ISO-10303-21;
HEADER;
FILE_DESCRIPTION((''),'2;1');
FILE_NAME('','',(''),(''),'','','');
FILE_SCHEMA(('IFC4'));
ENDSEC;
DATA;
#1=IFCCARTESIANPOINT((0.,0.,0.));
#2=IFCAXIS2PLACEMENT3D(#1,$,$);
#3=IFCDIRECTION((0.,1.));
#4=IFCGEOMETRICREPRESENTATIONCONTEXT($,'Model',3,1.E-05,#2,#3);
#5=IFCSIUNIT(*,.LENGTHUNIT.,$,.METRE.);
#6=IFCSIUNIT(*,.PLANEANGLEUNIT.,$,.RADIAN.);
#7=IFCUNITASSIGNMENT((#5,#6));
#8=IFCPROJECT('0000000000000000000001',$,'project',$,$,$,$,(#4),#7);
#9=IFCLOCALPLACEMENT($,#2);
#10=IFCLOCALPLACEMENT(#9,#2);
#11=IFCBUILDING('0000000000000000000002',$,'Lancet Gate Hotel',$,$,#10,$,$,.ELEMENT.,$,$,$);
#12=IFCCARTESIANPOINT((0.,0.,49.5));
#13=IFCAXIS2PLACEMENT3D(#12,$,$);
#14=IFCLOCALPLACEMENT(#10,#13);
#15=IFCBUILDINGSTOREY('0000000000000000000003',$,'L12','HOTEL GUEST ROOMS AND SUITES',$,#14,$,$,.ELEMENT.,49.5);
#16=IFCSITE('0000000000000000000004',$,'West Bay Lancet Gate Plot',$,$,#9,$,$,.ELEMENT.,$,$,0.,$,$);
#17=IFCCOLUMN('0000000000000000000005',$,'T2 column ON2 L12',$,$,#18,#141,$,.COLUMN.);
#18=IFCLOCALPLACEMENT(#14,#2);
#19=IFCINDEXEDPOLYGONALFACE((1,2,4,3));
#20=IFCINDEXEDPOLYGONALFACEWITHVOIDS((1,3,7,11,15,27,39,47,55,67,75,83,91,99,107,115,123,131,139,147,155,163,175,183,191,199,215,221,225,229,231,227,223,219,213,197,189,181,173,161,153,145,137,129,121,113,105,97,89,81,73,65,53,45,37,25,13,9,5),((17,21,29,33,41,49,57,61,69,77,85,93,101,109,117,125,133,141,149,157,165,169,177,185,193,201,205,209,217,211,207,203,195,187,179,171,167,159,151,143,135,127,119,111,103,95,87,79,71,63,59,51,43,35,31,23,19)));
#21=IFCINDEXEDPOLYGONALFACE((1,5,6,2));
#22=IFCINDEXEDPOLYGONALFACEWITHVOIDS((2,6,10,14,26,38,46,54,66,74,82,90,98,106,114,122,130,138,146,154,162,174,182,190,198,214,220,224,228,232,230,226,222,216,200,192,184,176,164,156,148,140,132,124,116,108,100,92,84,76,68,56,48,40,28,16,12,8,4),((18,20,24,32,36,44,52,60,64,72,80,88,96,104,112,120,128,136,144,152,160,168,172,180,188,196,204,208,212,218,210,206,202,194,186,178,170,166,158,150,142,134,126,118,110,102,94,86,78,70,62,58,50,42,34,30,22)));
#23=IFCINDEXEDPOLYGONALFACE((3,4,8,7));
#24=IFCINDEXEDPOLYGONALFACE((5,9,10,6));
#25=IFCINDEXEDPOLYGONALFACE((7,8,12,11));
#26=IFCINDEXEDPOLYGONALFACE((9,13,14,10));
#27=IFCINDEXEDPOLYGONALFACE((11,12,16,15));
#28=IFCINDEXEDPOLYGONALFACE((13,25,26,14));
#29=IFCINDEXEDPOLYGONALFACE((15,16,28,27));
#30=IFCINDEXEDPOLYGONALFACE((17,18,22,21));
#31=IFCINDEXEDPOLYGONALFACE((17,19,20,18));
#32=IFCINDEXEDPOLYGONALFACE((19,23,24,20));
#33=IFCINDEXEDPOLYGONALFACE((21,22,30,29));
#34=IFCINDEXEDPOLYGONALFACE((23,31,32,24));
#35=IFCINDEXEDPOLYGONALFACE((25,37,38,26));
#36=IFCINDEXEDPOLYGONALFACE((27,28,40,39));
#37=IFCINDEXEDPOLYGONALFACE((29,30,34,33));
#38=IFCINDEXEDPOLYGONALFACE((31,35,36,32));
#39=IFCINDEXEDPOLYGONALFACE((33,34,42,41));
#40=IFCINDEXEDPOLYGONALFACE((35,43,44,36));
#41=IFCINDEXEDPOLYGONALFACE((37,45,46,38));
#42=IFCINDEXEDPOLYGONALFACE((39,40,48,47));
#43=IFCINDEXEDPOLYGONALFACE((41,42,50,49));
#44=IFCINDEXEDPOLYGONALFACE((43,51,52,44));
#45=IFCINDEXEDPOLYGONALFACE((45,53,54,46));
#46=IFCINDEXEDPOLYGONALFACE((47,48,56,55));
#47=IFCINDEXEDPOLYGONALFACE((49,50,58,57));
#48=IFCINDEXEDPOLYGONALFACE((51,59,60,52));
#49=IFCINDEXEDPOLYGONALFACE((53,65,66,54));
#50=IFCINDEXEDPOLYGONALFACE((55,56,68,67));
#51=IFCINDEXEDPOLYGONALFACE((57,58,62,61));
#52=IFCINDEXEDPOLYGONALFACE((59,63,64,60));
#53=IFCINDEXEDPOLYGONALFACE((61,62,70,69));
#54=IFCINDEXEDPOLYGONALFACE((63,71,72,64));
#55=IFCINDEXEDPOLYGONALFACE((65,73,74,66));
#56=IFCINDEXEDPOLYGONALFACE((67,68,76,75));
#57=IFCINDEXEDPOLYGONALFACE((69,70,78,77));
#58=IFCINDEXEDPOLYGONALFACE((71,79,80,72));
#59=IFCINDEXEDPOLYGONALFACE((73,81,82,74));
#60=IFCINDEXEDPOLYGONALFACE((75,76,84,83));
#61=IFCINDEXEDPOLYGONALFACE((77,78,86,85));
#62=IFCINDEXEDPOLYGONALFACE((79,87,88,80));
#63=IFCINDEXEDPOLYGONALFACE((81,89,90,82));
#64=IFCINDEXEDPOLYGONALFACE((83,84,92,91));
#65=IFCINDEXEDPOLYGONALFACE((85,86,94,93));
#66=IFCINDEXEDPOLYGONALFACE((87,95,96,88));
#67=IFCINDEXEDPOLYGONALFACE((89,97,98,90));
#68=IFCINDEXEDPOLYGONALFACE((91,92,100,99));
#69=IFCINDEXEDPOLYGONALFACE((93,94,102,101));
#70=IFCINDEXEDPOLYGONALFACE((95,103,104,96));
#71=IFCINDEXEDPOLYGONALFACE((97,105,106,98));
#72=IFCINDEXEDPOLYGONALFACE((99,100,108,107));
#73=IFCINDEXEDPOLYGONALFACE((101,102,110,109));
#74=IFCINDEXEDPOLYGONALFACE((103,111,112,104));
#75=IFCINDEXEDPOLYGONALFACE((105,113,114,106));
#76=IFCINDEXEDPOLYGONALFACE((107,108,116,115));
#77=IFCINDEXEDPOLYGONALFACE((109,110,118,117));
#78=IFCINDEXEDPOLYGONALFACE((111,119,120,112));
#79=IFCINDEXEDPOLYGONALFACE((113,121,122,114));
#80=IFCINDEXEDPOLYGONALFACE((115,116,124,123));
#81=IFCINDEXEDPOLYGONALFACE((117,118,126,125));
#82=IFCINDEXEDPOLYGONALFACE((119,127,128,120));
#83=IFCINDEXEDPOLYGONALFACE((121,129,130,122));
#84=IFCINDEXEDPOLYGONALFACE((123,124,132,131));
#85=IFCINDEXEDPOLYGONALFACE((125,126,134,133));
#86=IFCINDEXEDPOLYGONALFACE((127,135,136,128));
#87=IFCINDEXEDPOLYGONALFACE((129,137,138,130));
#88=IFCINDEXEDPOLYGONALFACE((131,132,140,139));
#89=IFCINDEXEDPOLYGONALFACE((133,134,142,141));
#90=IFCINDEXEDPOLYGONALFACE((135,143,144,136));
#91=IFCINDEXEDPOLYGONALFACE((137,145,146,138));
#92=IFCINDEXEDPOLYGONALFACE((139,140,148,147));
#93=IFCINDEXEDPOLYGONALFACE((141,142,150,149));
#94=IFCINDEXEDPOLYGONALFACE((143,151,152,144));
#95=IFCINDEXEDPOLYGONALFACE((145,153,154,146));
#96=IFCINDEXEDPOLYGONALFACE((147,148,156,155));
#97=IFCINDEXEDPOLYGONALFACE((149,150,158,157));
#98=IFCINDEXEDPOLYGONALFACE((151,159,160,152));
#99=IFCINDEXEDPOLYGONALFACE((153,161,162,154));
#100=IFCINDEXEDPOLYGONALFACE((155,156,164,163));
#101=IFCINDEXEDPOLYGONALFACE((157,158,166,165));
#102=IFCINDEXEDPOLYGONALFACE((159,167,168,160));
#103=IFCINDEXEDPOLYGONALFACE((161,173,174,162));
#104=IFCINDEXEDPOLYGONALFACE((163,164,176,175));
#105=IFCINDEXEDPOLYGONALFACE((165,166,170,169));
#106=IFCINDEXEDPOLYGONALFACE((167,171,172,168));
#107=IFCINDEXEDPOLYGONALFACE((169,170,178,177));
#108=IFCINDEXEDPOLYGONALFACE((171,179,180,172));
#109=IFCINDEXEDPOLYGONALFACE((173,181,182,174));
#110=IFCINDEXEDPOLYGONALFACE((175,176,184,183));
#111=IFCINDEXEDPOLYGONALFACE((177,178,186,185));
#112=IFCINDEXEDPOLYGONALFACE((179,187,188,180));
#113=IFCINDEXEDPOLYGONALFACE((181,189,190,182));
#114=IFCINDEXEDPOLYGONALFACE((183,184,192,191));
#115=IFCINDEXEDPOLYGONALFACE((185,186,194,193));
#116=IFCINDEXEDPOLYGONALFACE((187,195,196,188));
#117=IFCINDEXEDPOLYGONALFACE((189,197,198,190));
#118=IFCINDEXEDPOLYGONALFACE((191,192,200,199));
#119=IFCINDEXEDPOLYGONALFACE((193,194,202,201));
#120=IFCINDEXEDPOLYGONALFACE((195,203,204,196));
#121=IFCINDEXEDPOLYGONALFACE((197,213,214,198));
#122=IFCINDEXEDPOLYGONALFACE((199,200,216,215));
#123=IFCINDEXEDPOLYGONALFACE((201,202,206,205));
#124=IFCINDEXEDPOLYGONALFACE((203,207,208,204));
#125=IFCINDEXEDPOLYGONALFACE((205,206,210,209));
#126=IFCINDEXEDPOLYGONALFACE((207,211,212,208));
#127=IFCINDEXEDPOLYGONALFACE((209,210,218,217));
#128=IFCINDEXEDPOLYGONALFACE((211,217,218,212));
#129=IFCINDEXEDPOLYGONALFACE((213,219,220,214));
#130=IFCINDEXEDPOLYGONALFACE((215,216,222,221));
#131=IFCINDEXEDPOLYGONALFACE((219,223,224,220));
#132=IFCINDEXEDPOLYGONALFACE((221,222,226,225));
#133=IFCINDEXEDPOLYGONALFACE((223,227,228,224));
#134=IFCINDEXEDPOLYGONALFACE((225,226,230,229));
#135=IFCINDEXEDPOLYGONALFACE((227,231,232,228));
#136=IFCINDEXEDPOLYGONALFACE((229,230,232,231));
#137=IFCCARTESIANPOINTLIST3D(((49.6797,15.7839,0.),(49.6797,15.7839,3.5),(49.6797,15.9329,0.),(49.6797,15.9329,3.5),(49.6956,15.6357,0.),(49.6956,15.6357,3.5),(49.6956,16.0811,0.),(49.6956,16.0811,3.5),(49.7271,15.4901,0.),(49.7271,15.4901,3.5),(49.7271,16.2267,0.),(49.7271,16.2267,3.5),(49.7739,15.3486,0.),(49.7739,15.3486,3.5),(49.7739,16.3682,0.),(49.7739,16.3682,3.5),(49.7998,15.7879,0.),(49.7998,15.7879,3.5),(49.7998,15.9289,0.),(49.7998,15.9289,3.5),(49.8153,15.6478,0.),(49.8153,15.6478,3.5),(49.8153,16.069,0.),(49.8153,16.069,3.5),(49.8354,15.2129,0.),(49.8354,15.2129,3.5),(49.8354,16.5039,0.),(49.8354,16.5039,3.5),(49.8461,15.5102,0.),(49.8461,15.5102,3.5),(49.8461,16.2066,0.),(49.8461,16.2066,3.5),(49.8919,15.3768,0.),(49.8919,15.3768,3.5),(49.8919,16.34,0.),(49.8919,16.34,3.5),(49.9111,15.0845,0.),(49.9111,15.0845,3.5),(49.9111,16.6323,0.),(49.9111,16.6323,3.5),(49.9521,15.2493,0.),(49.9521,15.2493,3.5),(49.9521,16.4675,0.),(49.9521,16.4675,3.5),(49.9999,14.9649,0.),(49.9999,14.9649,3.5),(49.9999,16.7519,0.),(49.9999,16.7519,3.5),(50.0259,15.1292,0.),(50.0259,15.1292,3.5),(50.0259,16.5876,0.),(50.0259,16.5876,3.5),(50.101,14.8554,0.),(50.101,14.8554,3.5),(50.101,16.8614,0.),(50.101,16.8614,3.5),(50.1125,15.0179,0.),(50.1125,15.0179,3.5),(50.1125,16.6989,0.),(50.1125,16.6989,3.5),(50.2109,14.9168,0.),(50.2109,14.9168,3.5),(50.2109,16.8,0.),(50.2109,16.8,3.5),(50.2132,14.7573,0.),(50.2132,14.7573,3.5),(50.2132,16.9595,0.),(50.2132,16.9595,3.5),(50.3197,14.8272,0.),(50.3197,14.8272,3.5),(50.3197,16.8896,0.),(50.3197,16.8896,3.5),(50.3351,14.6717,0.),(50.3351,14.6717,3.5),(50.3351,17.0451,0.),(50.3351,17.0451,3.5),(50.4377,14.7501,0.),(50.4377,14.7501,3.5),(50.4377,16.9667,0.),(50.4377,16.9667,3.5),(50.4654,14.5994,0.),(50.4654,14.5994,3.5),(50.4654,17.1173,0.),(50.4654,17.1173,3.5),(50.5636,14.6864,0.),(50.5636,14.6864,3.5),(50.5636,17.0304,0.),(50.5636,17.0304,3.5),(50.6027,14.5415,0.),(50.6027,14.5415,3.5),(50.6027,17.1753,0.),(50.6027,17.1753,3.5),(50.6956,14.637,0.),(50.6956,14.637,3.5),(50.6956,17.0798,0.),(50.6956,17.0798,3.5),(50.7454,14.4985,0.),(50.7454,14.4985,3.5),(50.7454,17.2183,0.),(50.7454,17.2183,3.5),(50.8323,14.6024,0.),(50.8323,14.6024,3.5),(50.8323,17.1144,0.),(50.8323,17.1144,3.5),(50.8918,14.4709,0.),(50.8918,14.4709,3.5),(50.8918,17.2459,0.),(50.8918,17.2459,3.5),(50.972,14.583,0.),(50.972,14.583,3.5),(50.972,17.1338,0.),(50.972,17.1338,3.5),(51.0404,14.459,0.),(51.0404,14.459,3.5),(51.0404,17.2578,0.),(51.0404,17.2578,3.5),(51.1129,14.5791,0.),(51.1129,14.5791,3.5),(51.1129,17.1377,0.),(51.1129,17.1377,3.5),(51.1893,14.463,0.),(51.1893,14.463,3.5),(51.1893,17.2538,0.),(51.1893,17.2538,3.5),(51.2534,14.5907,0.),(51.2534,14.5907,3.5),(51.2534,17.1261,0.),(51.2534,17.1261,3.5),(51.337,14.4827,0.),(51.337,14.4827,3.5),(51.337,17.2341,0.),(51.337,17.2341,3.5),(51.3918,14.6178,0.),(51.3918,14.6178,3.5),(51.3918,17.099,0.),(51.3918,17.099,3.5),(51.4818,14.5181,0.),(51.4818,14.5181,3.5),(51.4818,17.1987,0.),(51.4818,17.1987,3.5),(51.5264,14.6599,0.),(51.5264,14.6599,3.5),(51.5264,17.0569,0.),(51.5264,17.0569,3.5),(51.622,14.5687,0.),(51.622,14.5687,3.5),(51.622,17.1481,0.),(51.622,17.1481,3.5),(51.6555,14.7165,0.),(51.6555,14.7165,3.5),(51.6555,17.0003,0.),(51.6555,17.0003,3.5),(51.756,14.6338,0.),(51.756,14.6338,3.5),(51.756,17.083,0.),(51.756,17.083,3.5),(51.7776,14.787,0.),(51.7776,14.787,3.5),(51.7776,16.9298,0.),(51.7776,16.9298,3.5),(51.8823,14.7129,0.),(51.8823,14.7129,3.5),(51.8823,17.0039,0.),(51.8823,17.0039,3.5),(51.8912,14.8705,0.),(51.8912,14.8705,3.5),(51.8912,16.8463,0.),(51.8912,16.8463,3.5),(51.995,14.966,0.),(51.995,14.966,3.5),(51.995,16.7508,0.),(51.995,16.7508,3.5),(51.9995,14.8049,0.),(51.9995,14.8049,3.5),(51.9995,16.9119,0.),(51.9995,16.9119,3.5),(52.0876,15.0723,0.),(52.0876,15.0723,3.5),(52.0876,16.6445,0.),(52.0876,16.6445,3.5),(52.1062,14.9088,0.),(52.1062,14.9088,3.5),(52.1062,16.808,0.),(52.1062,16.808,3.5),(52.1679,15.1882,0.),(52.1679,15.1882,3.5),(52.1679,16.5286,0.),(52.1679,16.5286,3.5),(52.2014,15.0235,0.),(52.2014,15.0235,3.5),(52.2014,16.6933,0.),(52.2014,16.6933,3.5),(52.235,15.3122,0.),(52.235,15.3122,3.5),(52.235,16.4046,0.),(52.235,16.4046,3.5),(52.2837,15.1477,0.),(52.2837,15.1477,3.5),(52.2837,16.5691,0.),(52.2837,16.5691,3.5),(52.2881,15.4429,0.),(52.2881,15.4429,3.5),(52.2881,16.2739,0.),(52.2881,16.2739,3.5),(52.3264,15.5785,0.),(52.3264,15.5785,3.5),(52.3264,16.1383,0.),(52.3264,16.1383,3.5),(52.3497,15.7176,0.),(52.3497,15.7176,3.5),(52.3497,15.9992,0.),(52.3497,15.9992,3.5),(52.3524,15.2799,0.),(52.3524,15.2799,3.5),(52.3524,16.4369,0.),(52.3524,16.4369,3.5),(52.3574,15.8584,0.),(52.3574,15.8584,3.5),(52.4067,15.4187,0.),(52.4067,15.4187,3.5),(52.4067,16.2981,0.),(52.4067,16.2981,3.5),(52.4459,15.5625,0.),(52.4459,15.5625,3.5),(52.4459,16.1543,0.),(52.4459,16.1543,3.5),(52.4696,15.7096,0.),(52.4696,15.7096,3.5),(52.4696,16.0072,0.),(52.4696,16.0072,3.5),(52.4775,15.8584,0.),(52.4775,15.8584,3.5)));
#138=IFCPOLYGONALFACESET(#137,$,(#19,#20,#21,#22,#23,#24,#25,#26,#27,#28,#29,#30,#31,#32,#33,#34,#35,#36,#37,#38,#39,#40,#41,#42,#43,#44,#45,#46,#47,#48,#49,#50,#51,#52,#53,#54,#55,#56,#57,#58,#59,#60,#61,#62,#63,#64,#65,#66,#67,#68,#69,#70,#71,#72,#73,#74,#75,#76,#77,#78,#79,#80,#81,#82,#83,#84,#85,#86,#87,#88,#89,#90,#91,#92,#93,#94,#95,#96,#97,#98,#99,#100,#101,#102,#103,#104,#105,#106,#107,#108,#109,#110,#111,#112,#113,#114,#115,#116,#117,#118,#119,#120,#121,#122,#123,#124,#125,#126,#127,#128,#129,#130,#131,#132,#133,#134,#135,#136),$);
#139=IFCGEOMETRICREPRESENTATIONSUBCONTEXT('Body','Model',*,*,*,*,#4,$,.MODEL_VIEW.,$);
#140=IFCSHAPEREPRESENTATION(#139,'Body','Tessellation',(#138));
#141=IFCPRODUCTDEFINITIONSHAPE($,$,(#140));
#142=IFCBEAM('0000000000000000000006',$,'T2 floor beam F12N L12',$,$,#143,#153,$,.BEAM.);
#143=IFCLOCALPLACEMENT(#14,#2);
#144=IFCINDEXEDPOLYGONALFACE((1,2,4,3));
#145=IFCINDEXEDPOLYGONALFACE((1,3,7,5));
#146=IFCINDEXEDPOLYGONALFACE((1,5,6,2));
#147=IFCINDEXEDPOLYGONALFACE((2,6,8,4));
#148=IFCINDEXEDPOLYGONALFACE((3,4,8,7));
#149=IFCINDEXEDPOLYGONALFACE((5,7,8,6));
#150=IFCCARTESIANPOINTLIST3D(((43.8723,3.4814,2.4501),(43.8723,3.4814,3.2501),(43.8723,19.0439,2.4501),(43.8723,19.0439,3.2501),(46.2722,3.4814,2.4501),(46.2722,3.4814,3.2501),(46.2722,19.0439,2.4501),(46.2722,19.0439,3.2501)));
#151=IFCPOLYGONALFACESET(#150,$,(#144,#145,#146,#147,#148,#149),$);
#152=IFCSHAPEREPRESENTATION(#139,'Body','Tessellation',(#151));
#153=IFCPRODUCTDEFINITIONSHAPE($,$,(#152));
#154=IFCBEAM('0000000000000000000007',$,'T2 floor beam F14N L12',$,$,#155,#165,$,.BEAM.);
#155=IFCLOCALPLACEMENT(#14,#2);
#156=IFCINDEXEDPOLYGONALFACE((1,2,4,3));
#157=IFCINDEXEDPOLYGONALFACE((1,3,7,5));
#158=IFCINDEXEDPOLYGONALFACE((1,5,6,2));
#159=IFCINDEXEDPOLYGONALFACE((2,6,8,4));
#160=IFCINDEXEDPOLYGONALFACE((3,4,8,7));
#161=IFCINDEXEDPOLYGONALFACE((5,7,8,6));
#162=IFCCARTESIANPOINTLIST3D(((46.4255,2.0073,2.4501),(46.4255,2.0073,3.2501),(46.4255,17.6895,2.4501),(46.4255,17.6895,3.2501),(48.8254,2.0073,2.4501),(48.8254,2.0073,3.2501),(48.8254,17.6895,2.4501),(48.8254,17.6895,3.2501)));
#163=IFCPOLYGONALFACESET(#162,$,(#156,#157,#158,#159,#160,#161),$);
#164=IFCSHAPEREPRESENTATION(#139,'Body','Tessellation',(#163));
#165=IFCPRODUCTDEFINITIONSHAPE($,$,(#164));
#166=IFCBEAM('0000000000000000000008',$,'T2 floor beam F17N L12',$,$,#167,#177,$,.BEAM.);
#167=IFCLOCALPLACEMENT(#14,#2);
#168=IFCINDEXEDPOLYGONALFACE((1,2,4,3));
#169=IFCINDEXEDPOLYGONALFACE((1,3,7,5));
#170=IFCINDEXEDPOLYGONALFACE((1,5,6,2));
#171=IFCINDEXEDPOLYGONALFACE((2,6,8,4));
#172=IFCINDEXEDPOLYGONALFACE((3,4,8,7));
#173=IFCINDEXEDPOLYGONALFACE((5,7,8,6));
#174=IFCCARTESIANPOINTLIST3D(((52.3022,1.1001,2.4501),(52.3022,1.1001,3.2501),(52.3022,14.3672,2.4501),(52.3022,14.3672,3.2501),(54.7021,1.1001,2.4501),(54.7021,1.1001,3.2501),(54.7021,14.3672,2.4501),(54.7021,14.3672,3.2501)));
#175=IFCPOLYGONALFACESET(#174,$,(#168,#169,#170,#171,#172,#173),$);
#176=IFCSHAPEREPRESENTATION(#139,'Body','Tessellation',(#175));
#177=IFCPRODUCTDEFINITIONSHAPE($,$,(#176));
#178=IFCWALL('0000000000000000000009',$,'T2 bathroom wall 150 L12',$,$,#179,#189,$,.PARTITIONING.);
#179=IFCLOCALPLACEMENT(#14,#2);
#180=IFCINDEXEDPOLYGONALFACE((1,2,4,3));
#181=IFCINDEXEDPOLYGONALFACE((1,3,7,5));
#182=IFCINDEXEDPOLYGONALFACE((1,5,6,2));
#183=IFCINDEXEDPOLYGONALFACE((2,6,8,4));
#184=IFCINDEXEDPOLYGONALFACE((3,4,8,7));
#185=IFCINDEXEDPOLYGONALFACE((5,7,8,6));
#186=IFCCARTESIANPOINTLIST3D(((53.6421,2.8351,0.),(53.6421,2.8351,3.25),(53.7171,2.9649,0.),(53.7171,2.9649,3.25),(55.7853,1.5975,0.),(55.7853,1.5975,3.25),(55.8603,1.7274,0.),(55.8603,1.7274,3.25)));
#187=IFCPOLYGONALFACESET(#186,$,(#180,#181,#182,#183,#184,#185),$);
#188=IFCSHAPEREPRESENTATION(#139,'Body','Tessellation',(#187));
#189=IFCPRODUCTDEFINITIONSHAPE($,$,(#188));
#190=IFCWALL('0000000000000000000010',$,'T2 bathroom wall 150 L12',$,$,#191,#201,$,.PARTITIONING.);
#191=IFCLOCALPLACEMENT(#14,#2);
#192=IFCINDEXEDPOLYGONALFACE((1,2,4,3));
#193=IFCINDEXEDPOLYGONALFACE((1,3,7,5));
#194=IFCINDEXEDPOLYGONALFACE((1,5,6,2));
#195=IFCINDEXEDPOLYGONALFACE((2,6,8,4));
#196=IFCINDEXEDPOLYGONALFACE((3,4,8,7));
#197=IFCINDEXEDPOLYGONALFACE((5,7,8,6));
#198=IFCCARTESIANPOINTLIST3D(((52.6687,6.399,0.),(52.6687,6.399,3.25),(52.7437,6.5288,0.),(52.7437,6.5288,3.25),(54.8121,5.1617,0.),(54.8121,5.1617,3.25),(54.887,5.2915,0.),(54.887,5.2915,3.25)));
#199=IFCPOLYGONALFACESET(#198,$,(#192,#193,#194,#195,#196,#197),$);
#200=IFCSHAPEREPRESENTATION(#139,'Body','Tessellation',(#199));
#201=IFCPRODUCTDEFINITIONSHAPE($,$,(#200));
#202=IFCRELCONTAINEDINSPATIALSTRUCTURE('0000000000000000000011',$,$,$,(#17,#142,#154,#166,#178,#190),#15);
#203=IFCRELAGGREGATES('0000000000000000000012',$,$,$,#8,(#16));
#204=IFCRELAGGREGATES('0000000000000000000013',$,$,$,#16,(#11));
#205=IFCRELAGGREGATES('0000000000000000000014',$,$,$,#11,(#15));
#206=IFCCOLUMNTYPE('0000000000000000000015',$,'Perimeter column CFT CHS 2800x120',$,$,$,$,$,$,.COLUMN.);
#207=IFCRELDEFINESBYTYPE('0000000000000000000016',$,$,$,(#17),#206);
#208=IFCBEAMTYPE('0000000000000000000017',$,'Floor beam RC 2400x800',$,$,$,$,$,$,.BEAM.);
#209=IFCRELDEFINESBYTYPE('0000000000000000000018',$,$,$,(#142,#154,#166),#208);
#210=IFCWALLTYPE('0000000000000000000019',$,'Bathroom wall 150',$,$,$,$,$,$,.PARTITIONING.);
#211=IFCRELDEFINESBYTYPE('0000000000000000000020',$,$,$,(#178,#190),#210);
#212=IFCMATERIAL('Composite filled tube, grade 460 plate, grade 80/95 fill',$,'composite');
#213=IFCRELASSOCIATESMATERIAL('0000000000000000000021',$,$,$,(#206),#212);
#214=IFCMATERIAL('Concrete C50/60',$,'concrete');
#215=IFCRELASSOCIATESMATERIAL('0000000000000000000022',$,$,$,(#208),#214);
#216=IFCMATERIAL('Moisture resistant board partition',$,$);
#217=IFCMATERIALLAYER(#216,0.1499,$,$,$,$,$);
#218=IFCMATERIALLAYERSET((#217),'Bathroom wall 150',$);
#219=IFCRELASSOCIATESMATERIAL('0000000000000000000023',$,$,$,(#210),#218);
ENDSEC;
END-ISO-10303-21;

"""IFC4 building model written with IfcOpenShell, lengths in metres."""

from ifc_helpers import new_model, si_unit, direction, frame, frame_2d, origin, origin_2d, place, context, subcontext, project, spatial, rectangle, hollow_circle, extrude, material, layer, layer_set, material_profile, profile_set, type_object, element, save


model = new_model("IFC4")

# Units and contexts
model_context = context("Model", 3, precision=1e-05, world=origin(), true_north=direction((0.0, 1.0)))
body_context = subcontext(model_context, "Body", "Model", "MODEL_VIEW")
ifc_project = project(units=[si_unit("LENGTHUNIT", "METRE"), si_unit("PLANEANGLEUNIT", "RADIAN")], contexts=[model_context])

# Site, building, storey
site_placement = place(None, origin())
site = spatial("IfcSite", under=ifc_project, at=site_placement, Name="West Bay Lancet Gate Plot", CompositionType="ELEMENT", RefElevation=0.0)
building_placement = place(site_placement, origin())
building = spatial("IfcBuilding", under=site, at=building_placement, Name="Lancet Gate Hotel", CompositionType="ELEMENT")
storey_placement = place(building_placement, frame((0.0, 0.0, 49.5)))
storey = spatial("IfcBuildingStorey", under=building, at=storey_placement, Name="L12", Description="HOTEL GUEST ROOMS AND SUITES", CompositionType="ELEMENT", Elevation=49.5)

# Column
ifc_material_1 = material(Name="Composite filled tube, grade 460 plate, grade 80/95 fill", Category="composite")
ifc_material_profile_1 = material_profile(ifc_material_1, hollow_circle(Radius=1.3999, WallThickness=0.1201, at=origin_2d()), Name="CHS 2800x120")
ifc_profile_set_1 = profile_set([ifc_material_profile_1], Name="Composite filled tube, grade 460 plate, grade 80/95 fill")
column_type = type_object("IfcColumnType", Name="Perimeter column CFT CHS 2800x120", PredefinedType="COLUMN", material=ifc_profile_set_1)
column_placement = place(storey_placement, frame((51.0776, 15.8584, 0.0), z_axis=(0.0, 0.0, 1.0), x_axis=(1.0, 0.0, 0.0)))
element("IfcColumn", 1, at=column_placement, inside=storey, type_object=column_type, Name="T2 column ON2 L12", PredefinedType="COLUMN", context=body_context, shape_type="SweptSolid", body=[
    extrude(hollow_circle(Radius=1.3999, WallThickness=0.1201, at=origin_2d()), origin(), (0.0, 0.0, 1.0), 3.5),
])

# Beams
ifc_material_2 = material(Name="Concrete C50/60", Category="concrete")
ifc_material_profile_2 = material_profile(ifc_material_2, rectangle(XDim=2.3999, YDim=0.8, at=origin_2d()), Name="RC 2400x800")
ifc_profile_set_2 = profile_set([ifc_material_profile_2], Name="Concrete C50/60")
beam_type = type_object("IfcBeamType", Name="Floor beam RC 2400x800", PredefinedType="BEAM", material=ifc_profile_set_2)
beam_1_placement = place(storey_placement, frame((45.0723, 3.4814, 2.8501), z_axis=(0.0, 1.0, 0.0), x_axis=(-1.0, 0.0, 0.0)))
element("IfcBeam", 2, at=beam_1_placement, inside=storey, type_object=beam_type, Name="T2 floor beam F12N L12", PredefinedType="BEAM", context=body_context, shape_type="SweptSolid", body=[
    extrude(rectangle(XDim=2.3999, YDim=0.8, at=origin_2d()), origin(), (0.0, 0.0, 1.0), 15.5625),
])
beam_2_placement = place(storey_placement, frame((47.6255, 2.0073, 2.8501), z_axis=(0.0, 1.0, 0.0), x_axis=(-1.0, 0.0, 0.0)))
element("IfcBeam", 3, at=beam_2_placement, inside=storey, type_object=beam_type, Name="T2 floor beam F14N L12", PredefinedType="BEAM", context=body_context, shape_type="SweptSolid", body=[
    extrude(rectangle(XDim=2.3999, YDim=0.8, at=origin_2d()), origin(), (0.0, 0.0, 1.0), 15.6821),
])
beam_3_placement = place(storey_placement, frame((53.5022, 1.1001, 2.8501), z_axis=(0.0, 1.0, 0.0), x_axis=(-1.0, 0.0, 0.0)))
element("IfcBeam", 4, at=beam_3_placement, inside=storey, type_object=beam_type, Name="T2 floor beam F17N L12", PredefinedType="BEAM", context=body_context, shape_type="SweptSolid", body=[
    extrude(rectangle(XDim=2.3999, YDim=0.8, at=origin_2d()), origin(), (0.0, 0.0, 1.0), 13.2671),
])

# Walls
ifc_material_3 = material(Name="Moisture resistant board partition")
ifc_layer_1 = layer(ifc_material_3, 0.1499)
ifc_layer_set_1 = layer_set([ifc_layer_1], Name="Bathroom wall 150")
wall_type_1 = type_object("IfcWallType", Name="Bathroom wall 150", PredefinedType="PARTITIONING", material=ifc_layer_set_1)
for number, where, z_axis, x_axis, name in (
    (5, (53.6797, 2.8999, 0.0), (0.0, 0.0, 1.0), (0.866007, -0.500033, 0.0), "T2 bathroom wall 150 L12"),
    (6, (52.7063, 6.4639, 0.0), (0.0, 0.0, 1.0), (0.866049, -0.499959, 0.0), "T2 bathroom wall 150 L12"),
):
    element("IfcWall", number, at=place(storey_placement, frame(where, z_axis=z_axis, x_axis=x_axis)), inside=storey, type_object=wall_type_1, Name=name, PredefinedType="PARTITIONING", context=body_context, shape_type="SweptSolid", body=[
        extrude(rectangle(XDim=2.4749, YDim=0.1499, at=frame_2d((1.2373, 0.0))), origin(), (0.0, 0.0, 1.0), 3.25),
    ])

save(model, "model.ifc")
